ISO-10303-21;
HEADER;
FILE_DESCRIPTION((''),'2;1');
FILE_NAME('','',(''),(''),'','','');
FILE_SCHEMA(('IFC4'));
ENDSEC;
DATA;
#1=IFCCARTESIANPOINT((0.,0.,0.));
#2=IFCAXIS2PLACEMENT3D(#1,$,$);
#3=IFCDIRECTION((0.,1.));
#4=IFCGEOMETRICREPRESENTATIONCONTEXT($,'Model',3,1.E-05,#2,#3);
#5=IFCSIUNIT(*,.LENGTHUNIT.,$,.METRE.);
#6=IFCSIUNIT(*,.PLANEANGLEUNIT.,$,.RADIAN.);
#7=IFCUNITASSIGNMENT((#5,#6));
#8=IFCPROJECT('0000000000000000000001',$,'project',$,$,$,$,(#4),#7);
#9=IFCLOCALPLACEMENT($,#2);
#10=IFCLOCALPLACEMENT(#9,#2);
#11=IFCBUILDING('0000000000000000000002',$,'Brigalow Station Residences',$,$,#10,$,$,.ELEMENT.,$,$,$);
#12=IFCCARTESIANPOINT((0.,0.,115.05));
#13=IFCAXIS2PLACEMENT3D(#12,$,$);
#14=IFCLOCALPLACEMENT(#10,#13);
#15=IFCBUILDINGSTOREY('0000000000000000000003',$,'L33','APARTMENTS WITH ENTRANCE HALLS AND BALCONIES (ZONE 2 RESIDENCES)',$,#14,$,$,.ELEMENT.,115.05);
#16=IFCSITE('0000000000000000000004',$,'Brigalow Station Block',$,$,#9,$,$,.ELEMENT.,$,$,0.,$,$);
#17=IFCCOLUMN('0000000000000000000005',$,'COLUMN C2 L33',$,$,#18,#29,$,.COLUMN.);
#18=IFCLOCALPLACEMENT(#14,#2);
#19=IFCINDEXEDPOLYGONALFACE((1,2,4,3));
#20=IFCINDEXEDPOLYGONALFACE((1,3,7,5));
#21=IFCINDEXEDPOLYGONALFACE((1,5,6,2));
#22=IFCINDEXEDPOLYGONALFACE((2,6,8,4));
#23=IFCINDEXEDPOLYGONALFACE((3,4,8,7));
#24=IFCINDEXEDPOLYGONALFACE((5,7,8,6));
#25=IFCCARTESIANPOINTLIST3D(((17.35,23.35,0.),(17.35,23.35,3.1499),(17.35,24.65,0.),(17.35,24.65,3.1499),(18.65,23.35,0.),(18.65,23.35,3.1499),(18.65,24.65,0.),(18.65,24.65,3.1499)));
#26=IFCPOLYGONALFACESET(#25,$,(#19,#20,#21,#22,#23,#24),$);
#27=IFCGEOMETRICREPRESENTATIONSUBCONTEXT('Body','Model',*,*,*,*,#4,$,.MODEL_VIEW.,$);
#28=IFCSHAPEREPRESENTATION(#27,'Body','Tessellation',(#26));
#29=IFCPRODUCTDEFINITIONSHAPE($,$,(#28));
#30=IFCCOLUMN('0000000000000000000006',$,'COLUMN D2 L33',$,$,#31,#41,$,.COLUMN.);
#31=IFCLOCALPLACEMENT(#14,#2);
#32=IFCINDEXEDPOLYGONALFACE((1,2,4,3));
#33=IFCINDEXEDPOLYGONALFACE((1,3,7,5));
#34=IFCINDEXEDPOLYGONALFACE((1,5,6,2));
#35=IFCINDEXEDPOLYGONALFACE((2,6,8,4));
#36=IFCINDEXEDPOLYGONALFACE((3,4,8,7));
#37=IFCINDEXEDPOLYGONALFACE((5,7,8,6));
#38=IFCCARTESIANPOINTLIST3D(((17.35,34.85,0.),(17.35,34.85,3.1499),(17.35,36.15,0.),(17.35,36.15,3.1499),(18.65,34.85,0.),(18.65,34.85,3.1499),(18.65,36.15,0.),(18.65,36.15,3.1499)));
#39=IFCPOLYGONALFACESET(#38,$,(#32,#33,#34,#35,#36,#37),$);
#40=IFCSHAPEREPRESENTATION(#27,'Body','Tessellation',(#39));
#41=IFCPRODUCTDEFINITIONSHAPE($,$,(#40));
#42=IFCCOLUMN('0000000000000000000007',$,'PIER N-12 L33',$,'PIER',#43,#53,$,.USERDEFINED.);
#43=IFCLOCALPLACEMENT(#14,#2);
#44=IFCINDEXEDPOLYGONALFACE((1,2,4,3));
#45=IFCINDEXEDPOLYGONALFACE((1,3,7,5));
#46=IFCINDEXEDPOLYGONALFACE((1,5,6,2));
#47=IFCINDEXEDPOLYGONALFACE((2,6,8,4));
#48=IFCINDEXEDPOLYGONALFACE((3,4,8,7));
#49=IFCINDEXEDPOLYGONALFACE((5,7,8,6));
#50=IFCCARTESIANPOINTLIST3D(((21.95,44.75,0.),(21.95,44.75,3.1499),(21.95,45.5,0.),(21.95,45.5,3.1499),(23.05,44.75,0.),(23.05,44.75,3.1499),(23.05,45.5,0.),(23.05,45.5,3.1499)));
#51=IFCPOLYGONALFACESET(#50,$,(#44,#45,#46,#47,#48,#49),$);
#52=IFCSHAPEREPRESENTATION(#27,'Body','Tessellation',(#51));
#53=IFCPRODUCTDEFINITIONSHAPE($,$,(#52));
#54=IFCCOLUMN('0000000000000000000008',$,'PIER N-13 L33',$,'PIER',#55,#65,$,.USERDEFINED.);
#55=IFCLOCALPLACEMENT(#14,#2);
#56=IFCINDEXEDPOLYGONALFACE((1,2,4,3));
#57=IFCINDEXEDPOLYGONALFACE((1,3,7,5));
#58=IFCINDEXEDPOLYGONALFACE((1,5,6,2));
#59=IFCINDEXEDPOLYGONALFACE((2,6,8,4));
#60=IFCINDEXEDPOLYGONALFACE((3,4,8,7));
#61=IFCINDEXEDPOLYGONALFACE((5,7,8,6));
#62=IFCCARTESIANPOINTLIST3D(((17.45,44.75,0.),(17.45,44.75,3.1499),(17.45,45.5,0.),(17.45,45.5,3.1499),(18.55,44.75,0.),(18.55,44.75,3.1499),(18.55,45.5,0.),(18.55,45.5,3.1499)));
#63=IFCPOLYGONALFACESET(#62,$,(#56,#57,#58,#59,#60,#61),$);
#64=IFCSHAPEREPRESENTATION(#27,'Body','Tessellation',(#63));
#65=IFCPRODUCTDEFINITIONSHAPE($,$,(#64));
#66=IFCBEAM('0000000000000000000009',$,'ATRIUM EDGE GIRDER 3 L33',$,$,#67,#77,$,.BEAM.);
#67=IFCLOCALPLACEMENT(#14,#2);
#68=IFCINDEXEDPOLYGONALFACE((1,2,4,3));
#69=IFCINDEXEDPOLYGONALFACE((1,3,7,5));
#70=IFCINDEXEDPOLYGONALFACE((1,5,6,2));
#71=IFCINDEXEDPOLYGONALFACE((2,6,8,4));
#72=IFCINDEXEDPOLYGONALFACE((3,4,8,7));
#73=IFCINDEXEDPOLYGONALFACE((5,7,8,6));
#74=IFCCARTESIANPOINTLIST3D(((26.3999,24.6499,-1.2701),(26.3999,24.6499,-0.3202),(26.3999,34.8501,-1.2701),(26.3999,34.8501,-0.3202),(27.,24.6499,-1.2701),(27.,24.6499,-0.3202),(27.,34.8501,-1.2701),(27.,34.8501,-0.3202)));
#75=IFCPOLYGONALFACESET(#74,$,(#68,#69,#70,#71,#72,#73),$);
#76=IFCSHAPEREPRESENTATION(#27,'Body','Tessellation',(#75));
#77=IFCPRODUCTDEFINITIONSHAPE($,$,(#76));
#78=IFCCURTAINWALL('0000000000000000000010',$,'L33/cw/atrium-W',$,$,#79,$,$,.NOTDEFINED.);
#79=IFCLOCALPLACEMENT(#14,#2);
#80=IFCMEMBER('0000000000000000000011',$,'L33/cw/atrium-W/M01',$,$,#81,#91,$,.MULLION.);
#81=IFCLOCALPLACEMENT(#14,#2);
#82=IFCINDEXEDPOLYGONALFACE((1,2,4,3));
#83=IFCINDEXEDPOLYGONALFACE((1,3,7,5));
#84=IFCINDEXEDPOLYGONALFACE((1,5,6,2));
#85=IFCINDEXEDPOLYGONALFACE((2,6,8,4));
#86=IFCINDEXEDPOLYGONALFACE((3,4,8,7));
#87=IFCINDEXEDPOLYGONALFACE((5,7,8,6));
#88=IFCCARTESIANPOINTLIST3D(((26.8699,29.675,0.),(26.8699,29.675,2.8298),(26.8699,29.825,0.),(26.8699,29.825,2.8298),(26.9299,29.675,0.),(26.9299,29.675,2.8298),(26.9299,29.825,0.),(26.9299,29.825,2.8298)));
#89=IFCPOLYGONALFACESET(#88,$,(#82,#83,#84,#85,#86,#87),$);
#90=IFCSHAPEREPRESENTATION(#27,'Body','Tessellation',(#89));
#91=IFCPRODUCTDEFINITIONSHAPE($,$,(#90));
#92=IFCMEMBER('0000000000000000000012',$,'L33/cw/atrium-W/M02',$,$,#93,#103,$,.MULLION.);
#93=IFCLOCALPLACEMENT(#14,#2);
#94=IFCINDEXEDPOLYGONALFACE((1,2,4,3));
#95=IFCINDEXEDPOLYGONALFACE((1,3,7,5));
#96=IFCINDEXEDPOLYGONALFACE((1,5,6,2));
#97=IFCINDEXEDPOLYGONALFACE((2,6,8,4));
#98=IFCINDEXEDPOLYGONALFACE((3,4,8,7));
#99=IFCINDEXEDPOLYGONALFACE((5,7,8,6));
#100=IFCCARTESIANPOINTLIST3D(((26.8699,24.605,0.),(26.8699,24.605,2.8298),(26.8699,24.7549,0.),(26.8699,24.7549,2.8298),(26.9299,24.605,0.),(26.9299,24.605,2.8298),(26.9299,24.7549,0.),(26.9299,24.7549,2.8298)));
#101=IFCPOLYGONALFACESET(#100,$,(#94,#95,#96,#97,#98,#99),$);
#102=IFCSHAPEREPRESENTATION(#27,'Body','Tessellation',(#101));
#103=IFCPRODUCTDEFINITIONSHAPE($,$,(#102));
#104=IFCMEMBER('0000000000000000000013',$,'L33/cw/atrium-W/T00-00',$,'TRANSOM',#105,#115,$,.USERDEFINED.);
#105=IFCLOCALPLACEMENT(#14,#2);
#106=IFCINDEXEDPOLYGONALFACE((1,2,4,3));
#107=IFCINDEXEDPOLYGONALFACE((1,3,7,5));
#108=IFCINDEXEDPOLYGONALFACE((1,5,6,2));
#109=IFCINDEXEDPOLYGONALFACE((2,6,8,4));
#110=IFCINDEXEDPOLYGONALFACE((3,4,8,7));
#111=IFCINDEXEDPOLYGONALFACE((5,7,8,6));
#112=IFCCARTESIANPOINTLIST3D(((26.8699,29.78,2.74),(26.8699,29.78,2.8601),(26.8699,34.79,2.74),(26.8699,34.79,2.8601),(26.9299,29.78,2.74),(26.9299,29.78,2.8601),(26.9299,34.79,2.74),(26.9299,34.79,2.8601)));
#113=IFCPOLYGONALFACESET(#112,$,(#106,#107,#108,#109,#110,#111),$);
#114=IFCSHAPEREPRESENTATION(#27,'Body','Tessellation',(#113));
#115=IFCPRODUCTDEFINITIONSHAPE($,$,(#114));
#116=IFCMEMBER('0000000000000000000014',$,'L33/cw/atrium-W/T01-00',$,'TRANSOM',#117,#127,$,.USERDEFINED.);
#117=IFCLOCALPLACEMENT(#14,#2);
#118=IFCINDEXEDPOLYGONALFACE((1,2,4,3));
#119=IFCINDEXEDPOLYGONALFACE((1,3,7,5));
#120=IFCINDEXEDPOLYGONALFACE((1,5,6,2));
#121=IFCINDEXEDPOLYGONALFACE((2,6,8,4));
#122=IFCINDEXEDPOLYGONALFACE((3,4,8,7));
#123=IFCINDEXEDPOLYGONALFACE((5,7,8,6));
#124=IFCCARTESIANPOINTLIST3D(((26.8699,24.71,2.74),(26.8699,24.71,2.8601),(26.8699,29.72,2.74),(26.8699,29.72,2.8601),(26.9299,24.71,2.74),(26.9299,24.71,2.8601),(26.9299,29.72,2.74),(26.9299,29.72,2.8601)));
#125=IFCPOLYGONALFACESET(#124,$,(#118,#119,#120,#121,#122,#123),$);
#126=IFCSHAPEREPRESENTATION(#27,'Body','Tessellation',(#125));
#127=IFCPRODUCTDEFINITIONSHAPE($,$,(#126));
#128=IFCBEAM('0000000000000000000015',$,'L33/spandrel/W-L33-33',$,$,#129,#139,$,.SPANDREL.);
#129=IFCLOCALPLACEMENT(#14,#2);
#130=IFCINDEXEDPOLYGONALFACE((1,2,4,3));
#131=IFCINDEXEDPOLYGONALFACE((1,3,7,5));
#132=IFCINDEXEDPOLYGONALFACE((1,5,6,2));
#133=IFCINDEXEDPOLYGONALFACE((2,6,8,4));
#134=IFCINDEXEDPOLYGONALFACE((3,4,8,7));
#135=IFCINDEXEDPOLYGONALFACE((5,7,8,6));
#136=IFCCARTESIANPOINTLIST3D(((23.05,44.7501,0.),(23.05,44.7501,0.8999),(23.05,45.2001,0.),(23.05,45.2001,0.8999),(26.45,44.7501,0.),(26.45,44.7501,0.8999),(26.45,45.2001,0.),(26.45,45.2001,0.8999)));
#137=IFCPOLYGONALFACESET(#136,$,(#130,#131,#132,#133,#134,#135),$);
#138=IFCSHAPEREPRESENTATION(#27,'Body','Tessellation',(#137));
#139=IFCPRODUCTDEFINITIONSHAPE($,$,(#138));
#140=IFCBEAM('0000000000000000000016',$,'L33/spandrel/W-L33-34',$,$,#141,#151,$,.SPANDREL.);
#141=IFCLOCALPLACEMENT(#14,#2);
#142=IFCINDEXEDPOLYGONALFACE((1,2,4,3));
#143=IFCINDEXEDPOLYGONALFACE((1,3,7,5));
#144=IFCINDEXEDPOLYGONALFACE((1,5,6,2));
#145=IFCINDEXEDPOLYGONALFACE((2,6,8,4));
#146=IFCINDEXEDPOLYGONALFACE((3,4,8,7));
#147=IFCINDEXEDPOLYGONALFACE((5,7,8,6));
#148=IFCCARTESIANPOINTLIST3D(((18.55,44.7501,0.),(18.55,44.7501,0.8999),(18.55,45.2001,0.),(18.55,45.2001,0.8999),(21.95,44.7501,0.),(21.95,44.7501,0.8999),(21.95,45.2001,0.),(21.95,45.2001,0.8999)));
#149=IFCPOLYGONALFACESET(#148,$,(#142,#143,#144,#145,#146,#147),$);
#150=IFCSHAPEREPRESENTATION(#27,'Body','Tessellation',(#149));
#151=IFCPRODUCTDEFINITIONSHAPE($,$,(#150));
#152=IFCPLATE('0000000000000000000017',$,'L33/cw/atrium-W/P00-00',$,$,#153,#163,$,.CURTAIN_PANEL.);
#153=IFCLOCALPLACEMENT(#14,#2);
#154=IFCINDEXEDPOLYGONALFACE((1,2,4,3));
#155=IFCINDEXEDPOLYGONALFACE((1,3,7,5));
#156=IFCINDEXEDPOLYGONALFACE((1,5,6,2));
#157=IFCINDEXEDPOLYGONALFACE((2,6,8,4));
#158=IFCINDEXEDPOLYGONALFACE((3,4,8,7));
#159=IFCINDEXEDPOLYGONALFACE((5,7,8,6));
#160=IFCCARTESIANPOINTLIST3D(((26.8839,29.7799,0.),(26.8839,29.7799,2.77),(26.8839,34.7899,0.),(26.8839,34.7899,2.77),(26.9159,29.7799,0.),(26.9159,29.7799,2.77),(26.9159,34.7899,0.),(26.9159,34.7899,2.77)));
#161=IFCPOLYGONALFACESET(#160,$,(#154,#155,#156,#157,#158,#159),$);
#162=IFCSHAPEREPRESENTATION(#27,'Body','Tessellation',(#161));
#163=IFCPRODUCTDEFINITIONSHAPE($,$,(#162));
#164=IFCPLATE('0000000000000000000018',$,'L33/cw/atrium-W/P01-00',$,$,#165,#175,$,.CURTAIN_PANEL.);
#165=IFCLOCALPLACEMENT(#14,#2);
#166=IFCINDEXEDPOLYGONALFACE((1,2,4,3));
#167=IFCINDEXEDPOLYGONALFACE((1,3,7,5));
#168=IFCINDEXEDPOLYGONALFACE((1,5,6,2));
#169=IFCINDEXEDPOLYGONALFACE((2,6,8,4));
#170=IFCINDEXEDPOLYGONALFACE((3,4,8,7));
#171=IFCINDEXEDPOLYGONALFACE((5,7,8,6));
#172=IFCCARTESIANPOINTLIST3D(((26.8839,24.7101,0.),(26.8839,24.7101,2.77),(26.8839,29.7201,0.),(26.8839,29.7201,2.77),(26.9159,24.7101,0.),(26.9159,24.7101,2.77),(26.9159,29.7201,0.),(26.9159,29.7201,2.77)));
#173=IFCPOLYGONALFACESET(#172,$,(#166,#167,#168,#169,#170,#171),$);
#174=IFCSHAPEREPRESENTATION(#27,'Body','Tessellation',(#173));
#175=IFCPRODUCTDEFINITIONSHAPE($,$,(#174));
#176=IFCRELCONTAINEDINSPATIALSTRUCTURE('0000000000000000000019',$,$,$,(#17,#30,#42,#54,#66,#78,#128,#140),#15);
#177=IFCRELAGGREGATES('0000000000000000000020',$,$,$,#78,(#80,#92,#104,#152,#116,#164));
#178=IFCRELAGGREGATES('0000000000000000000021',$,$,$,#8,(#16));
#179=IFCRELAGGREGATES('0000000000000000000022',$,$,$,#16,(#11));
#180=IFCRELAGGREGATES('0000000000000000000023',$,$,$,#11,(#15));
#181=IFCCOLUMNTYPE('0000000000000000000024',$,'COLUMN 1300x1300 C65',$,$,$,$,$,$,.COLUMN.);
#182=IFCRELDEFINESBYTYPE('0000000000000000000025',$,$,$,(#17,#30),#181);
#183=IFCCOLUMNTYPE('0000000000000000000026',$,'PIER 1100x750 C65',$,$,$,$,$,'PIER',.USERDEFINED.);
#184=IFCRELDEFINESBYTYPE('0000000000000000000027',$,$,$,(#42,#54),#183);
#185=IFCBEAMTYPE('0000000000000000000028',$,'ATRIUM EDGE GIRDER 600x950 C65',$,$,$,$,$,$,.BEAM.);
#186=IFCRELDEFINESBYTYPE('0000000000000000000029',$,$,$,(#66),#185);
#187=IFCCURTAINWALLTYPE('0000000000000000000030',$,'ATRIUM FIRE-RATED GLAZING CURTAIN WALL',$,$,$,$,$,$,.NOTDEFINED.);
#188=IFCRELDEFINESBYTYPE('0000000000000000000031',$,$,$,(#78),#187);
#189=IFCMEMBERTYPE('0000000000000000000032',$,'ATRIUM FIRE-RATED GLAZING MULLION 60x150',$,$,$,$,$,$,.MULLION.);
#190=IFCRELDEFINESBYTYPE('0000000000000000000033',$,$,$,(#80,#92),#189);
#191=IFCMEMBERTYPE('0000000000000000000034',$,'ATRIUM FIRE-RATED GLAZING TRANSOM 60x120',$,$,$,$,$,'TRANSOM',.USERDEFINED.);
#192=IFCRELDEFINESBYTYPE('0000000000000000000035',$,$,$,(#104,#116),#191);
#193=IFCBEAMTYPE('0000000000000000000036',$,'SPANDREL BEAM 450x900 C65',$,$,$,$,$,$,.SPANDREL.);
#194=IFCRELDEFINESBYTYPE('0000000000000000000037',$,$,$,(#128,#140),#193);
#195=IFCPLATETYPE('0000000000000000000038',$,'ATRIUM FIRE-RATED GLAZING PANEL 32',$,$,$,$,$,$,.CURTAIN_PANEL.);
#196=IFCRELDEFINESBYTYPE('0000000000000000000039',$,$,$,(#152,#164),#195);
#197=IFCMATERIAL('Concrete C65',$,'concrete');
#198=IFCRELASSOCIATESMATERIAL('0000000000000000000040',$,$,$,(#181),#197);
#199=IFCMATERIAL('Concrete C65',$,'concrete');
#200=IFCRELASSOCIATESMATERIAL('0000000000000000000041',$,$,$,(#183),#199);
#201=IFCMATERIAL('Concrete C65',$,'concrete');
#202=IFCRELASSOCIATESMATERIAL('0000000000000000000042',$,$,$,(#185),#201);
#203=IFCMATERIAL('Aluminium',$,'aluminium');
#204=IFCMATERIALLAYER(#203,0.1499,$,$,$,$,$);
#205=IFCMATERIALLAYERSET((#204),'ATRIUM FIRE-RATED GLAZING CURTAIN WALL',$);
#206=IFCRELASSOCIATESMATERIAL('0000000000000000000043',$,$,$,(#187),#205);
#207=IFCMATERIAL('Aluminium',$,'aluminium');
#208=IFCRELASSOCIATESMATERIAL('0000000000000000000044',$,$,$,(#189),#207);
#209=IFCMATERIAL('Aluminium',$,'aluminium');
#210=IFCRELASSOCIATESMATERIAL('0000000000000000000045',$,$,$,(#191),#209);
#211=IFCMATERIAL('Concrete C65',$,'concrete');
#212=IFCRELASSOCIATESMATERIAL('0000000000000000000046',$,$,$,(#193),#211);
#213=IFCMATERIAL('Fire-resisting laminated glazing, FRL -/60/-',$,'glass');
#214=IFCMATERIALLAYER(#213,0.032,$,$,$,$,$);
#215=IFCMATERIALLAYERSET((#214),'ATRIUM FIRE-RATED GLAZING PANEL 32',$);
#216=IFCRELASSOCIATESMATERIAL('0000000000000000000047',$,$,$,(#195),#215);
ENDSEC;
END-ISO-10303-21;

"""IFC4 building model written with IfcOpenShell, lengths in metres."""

from ifc_helpers import new_model, si_unit, direction, frame, origin, origin_2d, place, context, subcontext, project, spatial, rectangle, extrude, material, layer, layer_set, material_profile, profile_set, type_object, element, aggregate, save


model = new_model("IFC4")

# Units and contexts
model_context = context("Model", 3, precision=1e-05, world=origin(), true_north=direction((0.0, 1.0)))
body_context = subcontext(model_context, "Body", "Model", "MODEL_VIEW")
ifc_project = project(units=[si_unit("LENGTHUNIT", "METRE"), si_unit("PLANEANGLEUNIT", "RADIAN")], contexts=[model_context])

# Site, building, storey
site_placement = place(None, origin())
site = spatial("IfcSite", under=ifc_project, at=site_placement, Name="Brigalow Station Block", CompositionType="ELEMENT", RefElevation=0.0)
building_placement = place(site_placement, origin())
building = spatial("IfcBuilding", under=site, at=building_placement, Name="Brigalow Station Residences", CompositionType="ELEMENT")
storey_placement = place(building_placement, frame((0.0, 0.0, 115.05)))
storey = spatial("IfcBuildingStorey", under=building, at=storey_placement, Name="L33", Description="APARTMENTS WITH ENTRANCE HALLS AND BALCONIES (ZONE 2 RESIDENCES)", CompositionType="ELEMENT", Elevation=115.05)

# Columns
ifc_material_1 = material(Name="Concrete C65", Category="concrete")
ifc_material_profile_1 = material_profile(ifc_material_1, rectangle(XDim=1.3, YDim=1.3, at=origin_2d()), Name="RC1300x1300")
ifc_profile_set_1 = profile_set([ifc_material_profile_1], Name="Concrete C65")
column_type_1 = type_object("IfcColumnType", Name="COLUMN 1300x1300 C65", PredefinedType="COLUMN", material=ifc_profile_set_1)
for number, where, z_axis, x_axis, name in (
    (1, (18.0, 24.0, 0.0), (0.0, 0.0, 1.0), (1.0, 0.0, 0.0), "COLUMN C2 L33"),
    (2, (18.0, 35.5, 0.0), (0.0, 0.0, 1.0), (1.0, 0.0, 0.0), "COLUMN D2 L33"),
):
    element("IfcColumn", number, at=place(storey_placement, frame(where, z_axis=z_axis, x_axis=x_axis)), inside=storey, type_object=column_type_1, Name=name, PredefinedType="COLUMN", context=body_context, shape_type="SweptSolid", body=[
        extrude(rectangle(XDim=1.3, YDim=1.3, at=origin_2d()), origin(), (0.0, 0.0, 1.0), 3.1499),
    ])
ifc_material_2 = material(Name="Concrete C65", Category="concrete")
ifc_material_profile_2 = material_profile(ifc_material_2, rectangle(XDim=1.1001, YDim=0.75, at=origin_2d()), Name="RC1100x750")
ifc_profile_set_2 = profile_set([ifc_material_profile_2], Name="Concrete C65")
column_type_2 = type_object("IfcColumnType", Name="PIER 1100x750 C65", ElementType="PIER", PredefinedType="USERDEFINED", material=ifc_profile_set_2)
for number, where, z_axis, x_axis, name in (
    (3, (22.5, 45.125, 0.0), (0.0, 0.0, 1.0), (-1.0, 0.0, 0.0), "PIER N-12 L33"),
    (4, (18.0, 45.125, 0.0), (0.0, 0.0, 1.0), (-1.0, 0.0, 0.0), "PIER N-13 L33"),
):
    element("IfcColumn", number, at=place(storey_placement, frame(where, z_axis=z_axis, x_axis=x_axis)), inside=storey, type_object=column_type_2, Name=name, ObjectType="PIER", PredefinedType="USERDEFINED", context=body_context, shape_type="SweptSolid", body=[
        extrude(rectangle(XDim=1.1001, YDim=0.75, at=origin_2d()), origin(), (0.0, 0.0, 1.0), 3.1499),
    ])

# Beam
ifc_material_3 = material(Name="Concrete C65", Category="concrete")
ifc_material_profile_3 = material_profile(ifc_material_3, rectangle(XDim=0.6001, YDim=0.95, at=origin_2d()), Name="RC600x950")
ifc_profile_set_3 = profile_set([ifc_material_profile_3], Name="Concrete C65")
beam_type_1 = type_object("IfcBeamType", Name="ATRIUM EDGE GIRDER 600x950 C65", PredefinedType="BEAM", material=ifc_profile_set_3)
beam_placement = place(storey_placement, frame((26.7, 24.6499, -0.7952), z_axis=(0.0, 1.0, 0.0), x_axis=(-1.0, 0.0, 0.0)))
element("IfcBeam", 5, at=beam_placement, inside=storey, type_object=beam_type_1, Name="ATRIUM EDGE GIRDER 3 L33", PredefinedType="BEAM", context=body_context, shape_type="SweptSolid", body=[
    extrude(rectangle(XDim=0.6001, YDim=0.95, at=origin_2d()), origin(), (0.0, 0.0, 1.0), 10.2002),
])

# Curtain wall, members
ifc_material_4 = material(Name="Aluminium", Category="aluminium")
ifc_layer_1 = layer(ifc_material_4, 0.1499)
ifc_layer_set_1 = layer_set([ifc_layer_1], Name="ATRIUM FIRE-RATED GLAZING CURTAIN WALL")
curtain_wall_type = type_object("IfcCurtainWallType", Name="ATRIUM FIRE-RATED GLAZING CURTAIN WALL", PredefinedType="NOTDEFINED", material=ifc_layer_set_1)
curtain_wall_placement = place(storey_placement, origin())
curtain_wall = element("IfcCurtainWall", 6, at=curtain_wall_placement, inside=storey, type_object=curtain_wall_type, Name="L33/cw/atrium-W", PredefinedType="NOTDEFINED")
ifc_material_5 = material(Name="Aluminium", Category="aluminium")
ifc_material_profile_4 = material_profile(ifc_material_5, rectangle(XDim=0.0601, YDim=0.1499, at=origin_2d()), Name="ATRIUM FIRE-RATED GLAZING MULLION 60x150")
ifc_profile_set_4 = profile_set([ifc_material_profile_4], Name="Aluminium")
member_type_1 = type_object("IfcMemberType", Name="ATRIUM FIRE-RATED GLAZING MULLION 60x150", PredefinedType="MULLION", material=ifc_profile_set_4)
member_1_placement = place(storey_placement, frame((26.8999, 29.75, 0.0), z_axis=(0.0, 0.0, 1.0), x_axis=(1.0, 0.0, 0.0)))
member_1 = element("IfcMember", 7, at=member_1_placement, type_object=member_type_1, Name="L33/cw/atrium-W/M01", PredefinedType="MULLION", context=body_context, shape_type="SweptSolid", body=[
    extrude(rectangle(XDim=0.0601, YDim=0.1499, at=origin_2d()), origin(), (0.0, 0.0, 1.0), 2.8298),
])
member_2_placement = place(storey_placement, frame((26.8999, 24.6799, 0.0), z_axis=(0.0, 0.0, 1.0), x_axis=(1.0, 0.0, 0.0)))
member_2 = element("IfcMember", 8, at=member_2_placement, type_object=member_type_1, Name="L33/cw/atrium-W/M02", PredefinedType="MULLION", context=body_context, shape_type="SweptSolid", body=[
    extrude(rectangle(XDim=0.0601, YDim=0.1499, at=origin_2d()), origin(), (0.0, 0.0, 1.0), 2.8298),
])
ifc_material_6 = material(Name="Aluminium", Category="aluminium")
ifc_material_profile_5 = material_profile(ifc_material_6, rectangle(XDim=0.0601, YDim=0.1201, at=origin_2d()), Name="ATRIUM FIRE-RATED GLAZING TRANSOM 60x120")
ifc_profile_set_5 = profile_set([ifc_material_profile_5], Name="Aluminium")
member_type_2 = type_object("IfcMemberType", Name="ATRIUM FIRE-RATED GLAZING TRANSOM 60x120", ElementType="TRANSOM", PredefinedType="USERDEFINED", material=ifc_profile_set_5)
member_3_placement = place(storey_placement, frame((26.8999, 34.79, 2.8), z_axis=(0.0, -1.0, 0.0), x_axis=(1.0, 0.0, 0.0)))
member_3 = element("IfcMember", 9, at=member_3_placement, type_object=member_type_2, Name="L33/cw/atrium-W/T00-00", ObjectType="TRANSOM", PredefinedType="USERDEFINED", context=body_context, shape_type="SweptSolid", body=[
    extrude(rectangle(XDim=0.0601, YDim=0.1201, at=origin_2d()), origin(), (0.0, 0.0, 1.0), 5.01),
])
member_4_placement = place(storey_placement, frame((26.8999, 29.72, 2.8), z_axis=(0.0, -1.0, 0.0), x_axis=(1.0, 0.0, 0.0)))
member_4 = element("IfcMember", 10, at=member_4_placement, type_object=member_type_2, Name="L33/cw/atrium-W/T01-00", ObjectType="TRANSOM", PredefinedType="USERDEFINED", context=body_context, shape_type="SweptSolid", body=[
    extrude(rectangle(XDim=0.0601, YDim=0.1201, at=origin_2d()), origin(), (0.0, 0.0, 1.0), 5.01),
])

# Beams
ifc_material_7 = material(Name="Concrete C65", Category="concrete")
ifc_material_profile_6 = material_profile(ifc_material_7, rectangle(XDim=0.45, YDim=0.8999, at=origin_2d()), Name="RC450x900")
ifc_profile_set_6 = profile_set([ifc_material_profile_6], Name="Concrete C65")
beam_type_2 = type_object("IfcBeamType", Name="SPANDREL BEAM 450x900 C65", PredefinedType="SPANDREL", material=ifc_profile_set_6)
for number, where, z_axis, x_axis, name in (
    (11, (26.45, 44.9751, 0.45), (-1.0, 0.0, 0.0), (0.0, -1.0, 0.0), "L33/spandrel/W-L33-33"),
    (12, (21.95, 44.9751, 0.45), (-1.0, 0.0, 0.0), (0.0, -1.0, 0.0), "L33/spandrel/W-L33-34"),
):
    element("IfcBeam", number, at=place(storey_placement, frame(where, z_axis=z_axis, x_axis=x_axis)), inside=storey, type_object=beam_type_2, Name=name, PredefinedType="SPANDREL", context=body_context, shape_type="SweptSolid", body=[
        extrude(rectangle(XDim=0.45, YDim=0.8999, at=origin_2d()), origin(), (0.0, 0.0, 1.0), 3.3999),
    ])

# Plates
ifc_material_8 = material(Name="Fire-resisting laminated glazing, FRL -/60/-", Category="glass")
ifc_layer_2 = layer(ifc_material_8, 0.032)
ifc_layer_set_2 = layer_set([ifc_layer_2], Name="ATRIUM FIRE-RATED GLAZING PANEL 32")
plate_type = type_object("IfcPlateType", Name="ATRIUM FIRE-RATED GLAZING PANEL 32", PredefinedType="CURTAIN_PANEL", material=ifc_layer_set_2)
plate_1_placement = place(storey_placement, frame((26.8999, 32.2849, 0.0), z_axis=(0.0, 0.0, 1.0), x_axis=(0.0, -1.0, 0.0)))
plate_1 = element("IfcPlate", 13, at=plate_1_placement, type_object=plate_type, Name="L33/cw/atrium-W/P00-00", PredefinedType="CURTAIN_PANEL", context=body_context, shape_type="SweptSolid", body=[
    extrude(rectangle(XDim=5.01, YDim=0.032, at=origin_2d()), origin(), (0.0, 0.0, 1.0), 2.77),
])
plate_2_placement = place(storey_placement, frame((26.8999, 27.2151, 0.0), z_axis=(0.0, 0.0, 1.0), x_axis=(0.0, -1.0, 0.0)))
plate_2 = element("IfcPlate", 14, at=plate_2_placement, type_object=plate_type, Name="L33/cw/atrium-W/P01-00", PredefinedType="CURTAIN_PANEL", context=body_context, shape_type="SweptSolid", body=[
    extrude(rectangle(XDim=5.01, YDim=0.032, at=origin_2d()), origin(), (0.0, 0.0, 1.0), 2.77),
])
aggregate(curtain_wall, [member_1, member_2, member_3, plate_1, member_4, plate_2])

save(model, "model.ifc")
